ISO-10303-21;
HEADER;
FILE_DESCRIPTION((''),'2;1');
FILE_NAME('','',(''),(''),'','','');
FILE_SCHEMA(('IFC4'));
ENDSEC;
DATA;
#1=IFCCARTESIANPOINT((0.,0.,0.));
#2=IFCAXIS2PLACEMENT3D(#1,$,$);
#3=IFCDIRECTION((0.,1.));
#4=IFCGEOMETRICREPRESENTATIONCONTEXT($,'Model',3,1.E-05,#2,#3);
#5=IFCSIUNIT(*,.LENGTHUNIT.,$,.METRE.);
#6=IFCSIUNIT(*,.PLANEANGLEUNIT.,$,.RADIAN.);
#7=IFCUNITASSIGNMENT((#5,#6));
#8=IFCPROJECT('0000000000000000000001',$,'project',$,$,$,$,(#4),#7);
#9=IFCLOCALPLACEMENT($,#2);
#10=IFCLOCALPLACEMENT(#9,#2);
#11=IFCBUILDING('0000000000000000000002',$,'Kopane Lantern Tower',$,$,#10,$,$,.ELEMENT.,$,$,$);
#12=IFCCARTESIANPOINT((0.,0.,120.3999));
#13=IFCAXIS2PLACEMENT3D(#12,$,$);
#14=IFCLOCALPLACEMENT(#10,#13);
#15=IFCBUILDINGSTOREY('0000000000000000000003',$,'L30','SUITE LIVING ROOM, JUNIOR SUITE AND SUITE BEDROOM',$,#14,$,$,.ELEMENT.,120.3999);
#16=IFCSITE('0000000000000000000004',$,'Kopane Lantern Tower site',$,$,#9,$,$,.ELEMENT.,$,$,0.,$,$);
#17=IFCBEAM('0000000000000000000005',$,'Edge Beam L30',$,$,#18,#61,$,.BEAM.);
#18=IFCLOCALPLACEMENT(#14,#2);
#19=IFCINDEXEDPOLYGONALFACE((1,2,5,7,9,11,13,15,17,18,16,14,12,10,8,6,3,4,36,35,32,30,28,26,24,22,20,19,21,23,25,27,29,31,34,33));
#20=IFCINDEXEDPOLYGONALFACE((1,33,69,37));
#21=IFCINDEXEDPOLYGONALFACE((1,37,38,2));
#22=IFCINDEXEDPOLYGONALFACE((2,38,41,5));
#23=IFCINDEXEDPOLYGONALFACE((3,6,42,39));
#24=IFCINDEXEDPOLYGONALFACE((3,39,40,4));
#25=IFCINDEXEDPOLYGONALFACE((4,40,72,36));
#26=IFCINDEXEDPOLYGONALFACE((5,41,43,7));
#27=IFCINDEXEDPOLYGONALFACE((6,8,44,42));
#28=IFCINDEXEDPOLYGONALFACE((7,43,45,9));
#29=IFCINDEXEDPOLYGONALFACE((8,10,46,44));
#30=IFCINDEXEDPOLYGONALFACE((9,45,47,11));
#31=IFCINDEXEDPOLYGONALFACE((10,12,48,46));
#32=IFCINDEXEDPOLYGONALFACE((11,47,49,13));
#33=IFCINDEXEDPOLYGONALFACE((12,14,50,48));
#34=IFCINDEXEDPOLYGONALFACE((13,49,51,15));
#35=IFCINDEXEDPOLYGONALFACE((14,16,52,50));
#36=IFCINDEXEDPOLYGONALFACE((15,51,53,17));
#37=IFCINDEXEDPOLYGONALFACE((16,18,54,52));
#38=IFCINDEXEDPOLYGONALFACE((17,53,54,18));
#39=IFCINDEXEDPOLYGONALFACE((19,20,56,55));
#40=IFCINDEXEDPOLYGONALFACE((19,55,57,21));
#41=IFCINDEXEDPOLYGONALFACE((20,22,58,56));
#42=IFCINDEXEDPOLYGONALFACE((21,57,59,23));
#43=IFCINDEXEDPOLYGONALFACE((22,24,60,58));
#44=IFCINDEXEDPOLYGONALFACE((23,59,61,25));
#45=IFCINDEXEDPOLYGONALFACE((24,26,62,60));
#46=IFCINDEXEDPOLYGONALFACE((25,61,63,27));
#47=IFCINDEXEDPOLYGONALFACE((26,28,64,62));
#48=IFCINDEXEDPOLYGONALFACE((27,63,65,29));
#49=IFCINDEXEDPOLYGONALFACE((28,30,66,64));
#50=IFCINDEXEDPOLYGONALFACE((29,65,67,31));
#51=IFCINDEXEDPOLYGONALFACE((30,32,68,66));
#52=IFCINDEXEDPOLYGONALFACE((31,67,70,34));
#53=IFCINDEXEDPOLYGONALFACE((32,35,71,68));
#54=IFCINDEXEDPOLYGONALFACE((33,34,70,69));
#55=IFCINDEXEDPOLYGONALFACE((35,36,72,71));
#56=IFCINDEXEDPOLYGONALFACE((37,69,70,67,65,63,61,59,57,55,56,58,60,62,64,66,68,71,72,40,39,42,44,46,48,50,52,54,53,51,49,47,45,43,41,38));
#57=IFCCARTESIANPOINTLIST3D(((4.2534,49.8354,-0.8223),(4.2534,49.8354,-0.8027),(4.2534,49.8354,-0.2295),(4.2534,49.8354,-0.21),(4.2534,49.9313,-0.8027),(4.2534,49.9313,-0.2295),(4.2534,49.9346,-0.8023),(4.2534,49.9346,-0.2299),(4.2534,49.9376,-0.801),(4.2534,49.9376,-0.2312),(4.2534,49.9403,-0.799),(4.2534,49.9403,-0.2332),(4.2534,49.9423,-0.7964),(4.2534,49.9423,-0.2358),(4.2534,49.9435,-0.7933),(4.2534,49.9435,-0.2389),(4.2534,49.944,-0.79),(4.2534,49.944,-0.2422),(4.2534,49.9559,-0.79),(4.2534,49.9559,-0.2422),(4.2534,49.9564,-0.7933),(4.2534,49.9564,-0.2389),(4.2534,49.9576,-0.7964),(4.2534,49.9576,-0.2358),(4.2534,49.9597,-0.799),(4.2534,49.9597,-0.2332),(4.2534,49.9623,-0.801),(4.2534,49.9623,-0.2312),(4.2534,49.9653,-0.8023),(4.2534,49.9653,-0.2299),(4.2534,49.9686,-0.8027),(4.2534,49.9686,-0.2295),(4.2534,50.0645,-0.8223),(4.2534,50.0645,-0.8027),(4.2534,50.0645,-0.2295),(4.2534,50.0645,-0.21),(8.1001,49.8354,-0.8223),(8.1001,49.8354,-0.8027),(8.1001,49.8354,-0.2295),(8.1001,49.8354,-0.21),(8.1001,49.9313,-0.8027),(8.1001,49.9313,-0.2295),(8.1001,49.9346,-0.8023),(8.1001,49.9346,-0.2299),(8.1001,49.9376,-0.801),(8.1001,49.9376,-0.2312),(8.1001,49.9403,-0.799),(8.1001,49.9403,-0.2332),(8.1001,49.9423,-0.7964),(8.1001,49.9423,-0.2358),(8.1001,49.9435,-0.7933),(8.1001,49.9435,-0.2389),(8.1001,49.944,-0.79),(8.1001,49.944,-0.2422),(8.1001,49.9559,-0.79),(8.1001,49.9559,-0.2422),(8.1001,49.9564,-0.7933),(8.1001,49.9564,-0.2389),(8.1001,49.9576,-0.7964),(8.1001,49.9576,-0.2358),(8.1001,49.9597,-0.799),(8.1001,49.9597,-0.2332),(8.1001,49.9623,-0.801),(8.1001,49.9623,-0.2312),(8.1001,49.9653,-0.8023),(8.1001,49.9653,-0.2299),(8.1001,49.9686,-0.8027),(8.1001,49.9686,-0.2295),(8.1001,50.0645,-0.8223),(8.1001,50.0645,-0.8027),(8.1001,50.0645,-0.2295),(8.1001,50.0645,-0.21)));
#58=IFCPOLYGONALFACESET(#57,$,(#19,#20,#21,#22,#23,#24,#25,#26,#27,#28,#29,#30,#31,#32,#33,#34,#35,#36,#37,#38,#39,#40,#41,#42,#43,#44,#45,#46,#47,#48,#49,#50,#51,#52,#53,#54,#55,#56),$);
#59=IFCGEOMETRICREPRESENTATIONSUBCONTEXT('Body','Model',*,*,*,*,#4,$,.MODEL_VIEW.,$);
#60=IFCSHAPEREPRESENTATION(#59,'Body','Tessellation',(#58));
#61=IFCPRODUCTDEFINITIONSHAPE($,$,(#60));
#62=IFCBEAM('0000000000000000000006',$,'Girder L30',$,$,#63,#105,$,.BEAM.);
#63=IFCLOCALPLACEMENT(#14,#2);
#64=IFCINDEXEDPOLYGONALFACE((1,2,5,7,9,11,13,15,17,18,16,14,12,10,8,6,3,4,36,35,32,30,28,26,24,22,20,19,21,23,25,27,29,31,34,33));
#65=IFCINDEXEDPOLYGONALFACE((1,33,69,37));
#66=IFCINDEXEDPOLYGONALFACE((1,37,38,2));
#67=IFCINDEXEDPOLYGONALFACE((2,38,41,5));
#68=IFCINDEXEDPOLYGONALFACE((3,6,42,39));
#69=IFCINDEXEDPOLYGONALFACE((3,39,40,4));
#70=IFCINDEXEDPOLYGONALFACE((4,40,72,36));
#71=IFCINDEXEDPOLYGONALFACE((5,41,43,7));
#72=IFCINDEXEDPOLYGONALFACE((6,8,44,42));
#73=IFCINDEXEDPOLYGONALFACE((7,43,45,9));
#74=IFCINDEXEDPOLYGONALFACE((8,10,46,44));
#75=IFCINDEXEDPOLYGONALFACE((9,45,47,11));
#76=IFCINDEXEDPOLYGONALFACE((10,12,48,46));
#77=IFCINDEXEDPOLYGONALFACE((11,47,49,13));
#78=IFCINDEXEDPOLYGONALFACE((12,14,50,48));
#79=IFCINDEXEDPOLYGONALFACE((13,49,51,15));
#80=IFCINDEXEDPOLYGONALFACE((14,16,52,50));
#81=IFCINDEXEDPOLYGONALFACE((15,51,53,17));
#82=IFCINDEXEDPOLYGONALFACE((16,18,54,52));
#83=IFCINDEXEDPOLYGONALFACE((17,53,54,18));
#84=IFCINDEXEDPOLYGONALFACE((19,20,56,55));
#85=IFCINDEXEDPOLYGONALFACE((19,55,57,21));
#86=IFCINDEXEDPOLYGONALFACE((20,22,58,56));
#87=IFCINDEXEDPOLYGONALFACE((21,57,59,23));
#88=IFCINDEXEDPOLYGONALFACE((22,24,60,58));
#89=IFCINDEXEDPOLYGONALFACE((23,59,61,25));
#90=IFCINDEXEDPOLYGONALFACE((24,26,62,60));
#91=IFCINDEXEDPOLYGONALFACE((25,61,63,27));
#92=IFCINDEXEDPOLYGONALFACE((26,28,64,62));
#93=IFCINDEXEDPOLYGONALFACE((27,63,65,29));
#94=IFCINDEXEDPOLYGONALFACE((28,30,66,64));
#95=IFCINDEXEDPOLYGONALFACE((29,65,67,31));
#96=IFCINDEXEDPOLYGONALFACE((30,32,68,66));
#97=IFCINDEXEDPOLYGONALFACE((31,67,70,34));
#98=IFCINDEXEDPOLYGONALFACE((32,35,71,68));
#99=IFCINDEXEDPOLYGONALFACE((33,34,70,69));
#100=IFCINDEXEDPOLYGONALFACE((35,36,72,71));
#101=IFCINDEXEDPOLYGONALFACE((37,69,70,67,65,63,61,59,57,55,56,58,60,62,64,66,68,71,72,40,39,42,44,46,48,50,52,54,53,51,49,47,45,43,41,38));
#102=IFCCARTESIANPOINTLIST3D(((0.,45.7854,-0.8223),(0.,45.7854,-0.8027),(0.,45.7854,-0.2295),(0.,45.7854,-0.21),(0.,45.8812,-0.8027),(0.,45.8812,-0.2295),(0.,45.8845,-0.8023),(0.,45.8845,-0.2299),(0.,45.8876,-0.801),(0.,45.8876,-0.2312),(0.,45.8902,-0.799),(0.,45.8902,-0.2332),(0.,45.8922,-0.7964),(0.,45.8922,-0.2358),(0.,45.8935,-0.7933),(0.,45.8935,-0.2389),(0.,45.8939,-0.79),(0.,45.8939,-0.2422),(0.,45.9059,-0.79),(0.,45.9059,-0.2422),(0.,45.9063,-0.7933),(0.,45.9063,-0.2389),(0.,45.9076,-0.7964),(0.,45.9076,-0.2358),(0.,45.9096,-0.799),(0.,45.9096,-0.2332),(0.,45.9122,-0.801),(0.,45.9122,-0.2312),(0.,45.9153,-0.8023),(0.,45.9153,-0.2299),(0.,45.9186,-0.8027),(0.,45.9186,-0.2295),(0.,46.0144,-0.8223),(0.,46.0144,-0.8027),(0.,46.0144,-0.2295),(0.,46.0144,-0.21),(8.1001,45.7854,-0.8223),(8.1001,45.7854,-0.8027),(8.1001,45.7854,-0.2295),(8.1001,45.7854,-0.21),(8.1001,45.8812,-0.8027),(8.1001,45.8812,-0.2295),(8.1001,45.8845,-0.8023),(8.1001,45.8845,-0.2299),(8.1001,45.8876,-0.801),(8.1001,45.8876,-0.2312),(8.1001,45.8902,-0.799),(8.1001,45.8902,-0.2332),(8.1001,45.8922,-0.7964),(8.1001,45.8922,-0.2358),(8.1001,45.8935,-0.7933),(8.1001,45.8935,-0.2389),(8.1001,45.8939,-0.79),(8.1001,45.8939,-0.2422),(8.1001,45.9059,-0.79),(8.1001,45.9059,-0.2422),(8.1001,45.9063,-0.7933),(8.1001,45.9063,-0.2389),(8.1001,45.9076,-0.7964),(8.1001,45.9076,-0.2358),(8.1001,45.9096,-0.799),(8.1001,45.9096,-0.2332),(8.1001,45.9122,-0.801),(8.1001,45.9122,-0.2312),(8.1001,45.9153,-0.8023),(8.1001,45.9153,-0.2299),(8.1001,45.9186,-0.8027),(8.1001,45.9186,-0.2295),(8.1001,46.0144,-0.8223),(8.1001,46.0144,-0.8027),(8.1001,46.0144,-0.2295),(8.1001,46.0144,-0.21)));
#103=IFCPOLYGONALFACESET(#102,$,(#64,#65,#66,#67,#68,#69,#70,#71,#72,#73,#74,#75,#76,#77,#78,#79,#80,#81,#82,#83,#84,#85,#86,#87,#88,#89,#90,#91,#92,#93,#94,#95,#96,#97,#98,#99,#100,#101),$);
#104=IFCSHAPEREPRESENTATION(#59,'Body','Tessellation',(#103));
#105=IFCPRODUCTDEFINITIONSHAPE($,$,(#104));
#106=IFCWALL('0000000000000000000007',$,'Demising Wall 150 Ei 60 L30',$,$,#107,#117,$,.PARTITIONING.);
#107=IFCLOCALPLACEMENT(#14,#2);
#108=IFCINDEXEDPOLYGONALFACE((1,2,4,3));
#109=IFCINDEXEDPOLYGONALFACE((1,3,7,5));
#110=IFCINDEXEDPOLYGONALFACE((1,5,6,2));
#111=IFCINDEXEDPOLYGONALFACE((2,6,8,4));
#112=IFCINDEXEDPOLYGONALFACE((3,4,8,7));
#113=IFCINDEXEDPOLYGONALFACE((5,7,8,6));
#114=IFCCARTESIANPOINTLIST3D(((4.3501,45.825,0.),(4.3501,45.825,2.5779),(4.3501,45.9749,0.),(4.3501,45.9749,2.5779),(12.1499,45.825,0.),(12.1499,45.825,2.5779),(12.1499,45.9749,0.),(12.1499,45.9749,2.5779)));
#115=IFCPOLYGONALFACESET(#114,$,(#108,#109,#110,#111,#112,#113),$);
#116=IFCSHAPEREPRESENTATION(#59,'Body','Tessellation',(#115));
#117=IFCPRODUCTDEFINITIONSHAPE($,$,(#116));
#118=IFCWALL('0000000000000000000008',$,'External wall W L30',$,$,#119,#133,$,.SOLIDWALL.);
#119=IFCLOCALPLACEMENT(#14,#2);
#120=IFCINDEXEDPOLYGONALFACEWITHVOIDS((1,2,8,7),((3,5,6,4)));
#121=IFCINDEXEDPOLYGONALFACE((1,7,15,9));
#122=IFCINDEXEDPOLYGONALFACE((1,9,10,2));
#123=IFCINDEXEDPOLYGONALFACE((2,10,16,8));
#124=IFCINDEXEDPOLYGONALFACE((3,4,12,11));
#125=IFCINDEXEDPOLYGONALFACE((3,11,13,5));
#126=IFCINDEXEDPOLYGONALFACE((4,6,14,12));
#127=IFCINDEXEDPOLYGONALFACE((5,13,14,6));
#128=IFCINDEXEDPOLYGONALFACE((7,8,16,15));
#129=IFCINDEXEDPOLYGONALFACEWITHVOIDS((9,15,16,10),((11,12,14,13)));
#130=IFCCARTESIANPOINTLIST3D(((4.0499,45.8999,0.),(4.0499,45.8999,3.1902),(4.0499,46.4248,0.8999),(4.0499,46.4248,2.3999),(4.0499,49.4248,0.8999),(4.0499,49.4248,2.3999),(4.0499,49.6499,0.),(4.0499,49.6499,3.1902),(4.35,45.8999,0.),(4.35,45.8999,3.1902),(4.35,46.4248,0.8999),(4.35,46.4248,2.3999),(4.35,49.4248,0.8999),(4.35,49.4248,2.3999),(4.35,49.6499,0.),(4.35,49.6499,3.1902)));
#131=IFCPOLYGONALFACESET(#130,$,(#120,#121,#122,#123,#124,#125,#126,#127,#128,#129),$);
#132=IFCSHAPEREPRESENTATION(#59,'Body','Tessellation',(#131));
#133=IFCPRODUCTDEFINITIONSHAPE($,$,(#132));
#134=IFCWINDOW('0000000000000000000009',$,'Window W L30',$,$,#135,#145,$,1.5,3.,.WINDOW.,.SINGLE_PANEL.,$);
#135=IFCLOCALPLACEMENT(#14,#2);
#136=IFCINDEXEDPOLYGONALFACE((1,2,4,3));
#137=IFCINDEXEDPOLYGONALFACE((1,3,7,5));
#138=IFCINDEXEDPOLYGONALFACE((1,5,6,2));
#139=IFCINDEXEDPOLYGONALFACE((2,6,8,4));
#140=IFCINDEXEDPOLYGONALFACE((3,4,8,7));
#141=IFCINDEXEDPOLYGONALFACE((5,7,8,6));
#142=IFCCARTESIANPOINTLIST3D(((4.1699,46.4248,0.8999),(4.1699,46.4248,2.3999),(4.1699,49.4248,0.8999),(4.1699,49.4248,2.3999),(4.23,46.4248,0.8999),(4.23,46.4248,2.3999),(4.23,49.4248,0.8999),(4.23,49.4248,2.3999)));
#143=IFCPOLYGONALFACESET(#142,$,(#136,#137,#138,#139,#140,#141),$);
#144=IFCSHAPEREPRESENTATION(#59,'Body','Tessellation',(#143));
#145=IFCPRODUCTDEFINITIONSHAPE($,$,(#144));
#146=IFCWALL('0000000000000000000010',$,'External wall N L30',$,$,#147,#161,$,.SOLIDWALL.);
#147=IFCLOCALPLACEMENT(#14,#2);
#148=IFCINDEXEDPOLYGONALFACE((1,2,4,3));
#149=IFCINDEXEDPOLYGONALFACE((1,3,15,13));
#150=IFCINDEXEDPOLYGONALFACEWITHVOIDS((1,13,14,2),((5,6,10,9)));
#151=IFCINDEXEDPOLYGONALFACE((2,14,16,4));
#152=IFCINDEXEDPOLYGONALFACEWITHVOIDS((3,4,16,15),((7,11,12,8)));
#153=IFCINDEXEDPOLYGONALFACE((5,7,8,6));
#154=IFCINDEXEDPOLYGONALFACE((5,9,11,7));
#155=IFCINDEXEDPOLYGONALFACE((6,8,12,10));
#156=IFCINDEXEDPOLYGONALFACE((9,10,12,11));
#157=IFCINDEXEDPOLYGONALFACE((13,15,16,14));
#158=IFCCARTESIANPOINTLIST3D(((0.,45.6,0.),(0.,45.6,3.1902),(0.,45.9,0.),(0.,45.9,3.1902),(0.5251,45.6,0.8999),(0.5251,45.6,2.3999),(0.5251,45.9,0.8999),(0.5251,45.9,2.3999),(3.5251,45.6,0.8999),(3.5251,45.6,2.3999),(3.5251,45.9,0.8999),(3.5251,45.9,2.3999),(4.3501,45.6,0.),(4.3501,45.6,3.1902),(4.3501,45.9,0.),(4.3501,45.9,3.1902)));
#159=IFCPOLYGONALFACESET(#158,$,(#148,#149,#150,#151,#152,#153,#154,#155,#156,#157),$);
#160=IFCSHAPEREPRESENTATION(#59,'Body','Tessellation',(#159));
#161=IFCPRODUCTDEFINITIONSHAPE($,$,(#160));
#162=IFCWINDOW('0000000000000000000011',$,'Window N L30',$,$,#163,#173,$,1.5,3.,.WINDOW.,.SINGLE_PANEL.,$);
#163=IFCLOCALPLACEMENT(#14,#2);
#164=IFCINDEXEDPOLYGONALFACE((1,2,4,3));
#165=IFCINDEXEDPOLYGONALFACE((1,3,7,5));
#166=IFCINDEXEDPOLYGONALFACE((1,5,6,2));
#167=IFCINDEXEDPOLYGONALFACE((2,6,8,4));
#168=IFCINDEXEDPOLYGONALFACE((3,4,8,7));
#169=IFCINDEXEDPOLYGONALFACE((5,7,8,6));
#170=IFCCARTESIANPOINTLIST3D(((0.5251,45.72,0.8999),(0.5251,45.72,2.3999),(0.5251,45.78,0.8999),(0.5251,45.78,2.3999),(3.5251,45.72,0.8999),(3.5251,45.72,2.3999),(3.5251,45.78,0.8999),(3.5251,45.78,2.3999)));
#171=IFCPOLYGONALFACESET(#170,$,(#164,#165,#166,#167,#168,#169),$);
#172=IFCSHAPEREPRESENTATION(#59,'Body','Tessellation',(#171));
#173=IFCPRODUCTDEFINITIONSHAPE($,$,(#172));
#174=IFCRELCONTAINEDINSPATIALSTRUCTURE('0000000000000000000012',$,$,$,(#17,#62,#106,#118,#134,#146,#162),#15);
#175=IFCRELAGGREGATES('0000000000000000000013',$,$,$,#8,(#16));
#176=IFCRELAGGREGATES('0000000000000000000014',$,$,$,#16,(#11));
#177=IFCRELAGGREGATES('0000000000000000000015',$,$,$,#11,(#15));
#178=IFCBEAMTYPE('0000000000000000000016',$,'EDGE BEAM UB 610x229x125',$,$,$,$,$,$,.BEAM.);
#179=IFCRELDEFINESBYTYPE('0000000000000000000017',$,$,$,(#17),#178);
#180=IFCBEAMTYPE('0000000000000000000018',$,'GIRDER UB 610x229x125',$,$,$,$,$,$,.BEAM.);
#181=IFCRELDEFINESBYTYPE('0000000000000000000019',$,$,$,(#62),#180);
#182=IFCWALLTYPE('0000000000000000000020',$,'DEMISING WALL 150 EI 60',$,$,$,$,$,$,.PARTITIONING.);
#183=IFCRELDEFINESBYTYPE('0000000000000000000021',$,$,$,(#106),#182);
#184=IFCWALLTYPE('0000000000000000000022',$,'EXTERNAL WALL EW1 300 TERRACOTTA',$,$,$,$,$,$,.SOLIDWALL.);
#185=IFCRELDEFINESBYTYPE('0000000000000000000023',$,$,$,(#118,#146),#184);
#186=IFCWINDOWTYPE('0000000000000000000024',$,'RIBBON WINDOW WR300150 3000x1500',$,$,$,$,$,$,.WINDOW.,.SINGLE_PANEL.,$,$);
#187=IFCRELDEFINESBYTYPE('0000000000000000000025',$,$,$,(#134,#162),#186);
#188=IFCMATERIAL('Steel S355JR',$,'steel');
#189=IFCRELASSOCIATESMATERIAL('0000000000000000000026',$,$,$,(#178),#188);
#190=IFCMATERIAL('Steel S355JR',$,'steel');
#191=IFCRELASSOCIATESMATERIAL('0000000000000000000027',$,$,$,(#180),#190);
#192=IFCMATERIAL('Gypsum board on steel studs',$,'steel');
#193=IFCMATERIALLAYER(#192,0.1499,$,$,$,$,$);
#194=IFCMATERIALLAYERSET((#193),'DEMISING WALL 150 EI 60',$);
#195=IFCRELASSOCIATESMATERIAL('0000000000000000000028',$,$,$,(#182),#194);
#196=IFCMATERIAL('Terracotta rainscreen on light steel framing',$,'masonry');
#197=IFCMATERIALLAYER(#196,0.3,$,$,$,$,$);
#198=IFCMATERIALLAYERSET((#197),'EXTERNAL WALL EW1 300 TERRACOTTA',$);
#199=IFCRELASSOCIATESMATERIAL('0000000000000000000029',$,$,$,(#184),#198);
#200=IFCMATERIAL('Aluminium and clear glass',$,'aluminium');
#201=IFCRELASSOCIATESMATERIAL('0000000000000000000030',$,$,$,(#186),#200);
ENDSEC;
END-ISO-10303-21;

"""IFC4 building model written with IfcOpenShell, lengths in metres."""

from ifc_helpers import new_model, si_unit, direction, frame, frame_2d, origin, origin_2d, place, context, subcontext, project, spatial, rectangle, i_section, extrude, material, layer, layer_set, material_profile, profile_set, type_object, element, fill, save


model = new_model("IFC4")

# Units and contexts
model_context = context("Model", 3, precision=1e-05, world=origin(), true_north=direction((0.0, 1.0)))
body_context = subcontext(model_context, "Body", "Model", "MODEL_VIEW")
ifc_project = project(units=[si_unit("LENGTHUNIT", "METRE"), si_unit("PLANEANGLEUNIT", "RADIAN")], contexts=[model_context])

# Site, building, storey
site_placement = place(None, origin())
site = spatial("IfcSite", under=ifc_project, at=site_placement, Name="Kopane Lantern Tower site", CompositionType="ELEMENT", RefElevation=0.0)
building_placement = place(site_placement, origin())
building = spatial("IfcBuilding", under=site, at=building_placement, Name="Kopane Lantern Tower", CompositionType="ELEMENT")
storey_placement = place(building_placement, frame((0.0, 0.0, 120.3999)))
storey = spatial("IfcBuildingStorey", under=building, at=storey_placement, Name="L30", Description="SUITE LIVING ROOM, JUNIOR SUITE AND SUITE BEDROOM", CompositionType="ELEMENT", Elevation=120.3999)

# Beams
ifc_material_1 = material(Name="Steel S355JR", Category="steel")
ifc_material_profile_1 = material_profile(ifc_material_1, i_section(OverallWidth=0.229, OverallDepth=0.6123, WebThickness=0.012, FlangeThickness=0.0195, FilletRadius=0.0127, at=origin_2d()), Name="UB 610x229x125")
ifc_profile_set_1 = profile_set([ifc_material_profile_1], Name="Steel S355JR")
beam_type_1 = type_object("IfcBeamType", Name="EDGE BEAM UB 610x229x125", PredefinedType="BEAM", material=ifc_profile_set_1)
for number, where, z_axis, x_axis, name in (
    (1, (4.2534, 49.95, -0.5161), (1.0, 0.0, 0.0), (0.0, 1.0, 0.0), "Edge Beam L30"),
):
    element("IfcBeam", number, at=place(storey_placement, frame(where, z_axis=z_axis, x_axis=x_axis)), inside=storey, type_object=beam_type_1, Name=name, PredefinedType="BEAM", context=body_context, shape_type="SweptSolid", body=[
        extrude(i_section(OverallWidth=0.229, OverallDepth=0.6123, WebThickness=0.012, FlangeThickness=0.0195, FilletRadius=0.0127, at=origin_2d()), origin(), (0.0, 0.0, 1.0), 3.8467),
    ])
ifc_material_2 = material(Name="Steel S355JR", Category="steel")
ifc_material_profile_2 = material_profile(ifc_material_2, i_section(OverallWidth=0.229, OverallDepth=0.6123, WebThickness=0.012, FlangeThickness=0.0195, FilletRadius=0.0127, at=origin_2d()), Name="UB 610x229x125")
ifc_profile_set_2 = profile_set([ifc_material_profile_2], Name="Steel S355JR")
beam_type_2 = type_object("IfcBeamType", Name="GIRDER UB 610x229x125", PredefinedType="BEAM", material=ifc_profile_set_2)
beam_1_placement = place(storey_placement, frame((0.0, 45.8999, -0.5161), z_axis=(1.0, 0.0, 0.0), x_axis=(0.0, 1.0, 0.0)))
element("IfcBeam", 2, at=beam_1_placement, inside=storey, type_object=beam_type_2, Name="Girder L30", PredefinedType="BEAM", context=body_context, shape_type="SweptSolid", body=[
    extrude(i_section(OverallWidth=0.229, OverallDepth=0.6123, WebThickness=0.012, FlangeThickness=0.0195, FilletRadius=0.0127, at=origin_2d()), origin(), (0.0, 0.0, 1.0), 8.1001),
])

# Wall
ifc_material_3 = material(Name="Gypsum board on steel studs", Category="steel")
ifc_layer_1 = layer(ifc_material_3, 0.1499)
ifc_layer_set_1 = layer_set([ifc_layer_1], Name="DEMISING WALL 150 EI 60")
wall_type_1 = type_object("IfcWallType", Name="DEMISING WALL 150 EI 60", PredefinedType="PARTITIONING", material=ifc_layer_set_1)
wall_1_placement = place(storey_placement, frame((4.3501, 45.8999, 0.0), z_axis=(0.0, 0.0, 1.0), x_axis=(1.0, 0.0, 0.0)))
element("IfcWall", 3, at=wall_1_placement, inside=storey, type_object=wall_type_1, Name="Demising Wall 150 Ei 60 L30", PredefinedType="PARTITIONING", context=body_context, shape_type="SweptSolid", body=[
    extrude(rectangle(XDim=7.7998, YDim=0.1499, at=frame_2d((3.8999, 0.0))), origin(), (0.0, 0.0, 1.0), 2.5779),
])

# Walls, openings, windows
ifc_material_4 = material(Name="Terracotta rainscreen on light steel framing", Category="masonry")
ifc_layer_2 = layer(ifc_material_4, 0.3)
ifc_layer_set_2 = layer_set([ifc_layer_2], Name="EXTERNAL WALL EW1 300 TERRACOTTA")
wall_type_2 = type_object("IfcWallType", Name="EXTERNAL WALL EW1 300 TERRACOTTA", PredefinedType="SOLIDWALL", material=ifc_layer_set_2)
wall_2_placement = place(storey_placement, frame((4.2, 49.6499, 0.0), z_axis=(0.0, 0.0, 1.0), x_axis=(0.0, -1.0, 0.0)))
wall_2 = element("IfcWall", 4, at=wall_2_placement, inside=storey, type_object=wall_type_2, Name="External wall W L30", PredefinedType="SOLIDWALL", context=body_context, shape_type="SweptSolid", body=[
    extrude(rectangle(XDim=3.75, YDim=0.3, at=frame_2d((1.875, 0.0))), origin(), (0.0, 0.0, 1.0), 3.1902),
])
opening_1_placement = place(wall_2_placement, frame((0.2251, 0.0, 0.8999)))
opening_1 = element("IfcOpeningElement", 5, at=opening_1_placement, cuts=wall_2, PredefinedType="OPENING", context=body_context, shape_type="SweptSolid", body=[
    extrude(rectangle(XDim=3.0, YDim=1.5, at=frame_2d((1.5, 0.75))), frame((0.0, 0.1599, 0.0), z_axis=(0.0, -1.0, 0.0), x_axis=(1.0, 0.0, 0.0)), (0.0, 0.0, 1.0), 0.3201),
])
ifc_material_5 = material(Name="Aluminium and clear glass", Category="aluminium")
window_type_1 = type_object("IfcWindowType", Name="RIBBON WINDOW WR300150 3000x1500", PartitioningType="SINGLE_PANEL", PredefinedType="WINDOW", material=ifc_material_5)
window_1_placement = place(opening_1_placement, origin())
window_1 = element("IfcWindow", 6, at=window_1_placement, inside=storey, type_object=window_type_1, Name="Window W L30", OverallHeight=1.5, OverallWidth=3.0, PartitioningType="SINGLE_PANEL", PredefinedType="WINDOW", context=body_context, shape_type="SweptSolid", body=[
    extrude(rectangle(XDim=3.0, YDim=1.5, at=frame_2d((1.5, 0.75))), frame((0.0, 0.03, 0.0), z_axis=(0.0, -1.0, 0.0), x_axis=(1.0, 0.0, 0.0)), (0.0, 0.0, 1.0), 0.0601),
])
fill(opening_1, window_1)
wall_3_placement = place(storey_placement, frame((4.3501, 45.75, 0.0), z_axis=(0.0, 0.0, 1.0), x_axis=(-1.0, 0.0, 0.0)))
wall_3 = element("IfcWall", 7, at=wall_3_placement, inside=storey, type_object=wall_type_2, Name="External wall N L30", PredefinedType="SOLIDWALL", context=body_context, shape_type="SweptSolid", body=[
    extrude(rectangle(XDim=4.3501, YDim=0.3, at=frame_2d((2.175, 0.0))), origin(), (0.0, 0.0, 1.0), 3.1902),
])
opening_2_placement = place(wall_3_placement, frame((0.825, 0.0, 0.8999)))
opening_2 = element("IfcOpeningElement", 8, at=opening_2_placement, cuts=wall_3, PredefinedType="OPENING", context=body_context, shape_type="SweptSolid", body=[
    extrude(rectangle(XDim=3.0, YDim=1.5, at=frame_2d((1.5, 0.75))), frame((0.0, 0.1599, 0.0), z_axis=(0.0, -1.0, 0.0), x_axis=(1.0, 0.0, 0.0)), (0.0, 0.0, 1.0), 0.3201),
])
window_2_placement = place(opening_2_placement, origin())
window_2 = element("IfcWindow", 9, at=window_2_placement, inside=storey, type_object=window_type_1, Name="Window N L30", OverallHeight=1.5, OverallWidth=3.0, PartitioningType="SINGLE_PANEL", PredefinedType="WINDOW", context=body_context, shape_type="SweptSolid", body=[
    extrude(rectangle(XDim=3.0, YDim=1.5, at=frame_2d((1.5, 0.75))), frame((0.0, 0.03, 0.0), z_axis=(0.0, -1.0, 0.0), x_axis=(1.0, 0.0, 0.0)), (0.0, 0.0, 1.0), 0.0601),
])
fill(opening_2, window_2)

save(model, "model.ifc")
